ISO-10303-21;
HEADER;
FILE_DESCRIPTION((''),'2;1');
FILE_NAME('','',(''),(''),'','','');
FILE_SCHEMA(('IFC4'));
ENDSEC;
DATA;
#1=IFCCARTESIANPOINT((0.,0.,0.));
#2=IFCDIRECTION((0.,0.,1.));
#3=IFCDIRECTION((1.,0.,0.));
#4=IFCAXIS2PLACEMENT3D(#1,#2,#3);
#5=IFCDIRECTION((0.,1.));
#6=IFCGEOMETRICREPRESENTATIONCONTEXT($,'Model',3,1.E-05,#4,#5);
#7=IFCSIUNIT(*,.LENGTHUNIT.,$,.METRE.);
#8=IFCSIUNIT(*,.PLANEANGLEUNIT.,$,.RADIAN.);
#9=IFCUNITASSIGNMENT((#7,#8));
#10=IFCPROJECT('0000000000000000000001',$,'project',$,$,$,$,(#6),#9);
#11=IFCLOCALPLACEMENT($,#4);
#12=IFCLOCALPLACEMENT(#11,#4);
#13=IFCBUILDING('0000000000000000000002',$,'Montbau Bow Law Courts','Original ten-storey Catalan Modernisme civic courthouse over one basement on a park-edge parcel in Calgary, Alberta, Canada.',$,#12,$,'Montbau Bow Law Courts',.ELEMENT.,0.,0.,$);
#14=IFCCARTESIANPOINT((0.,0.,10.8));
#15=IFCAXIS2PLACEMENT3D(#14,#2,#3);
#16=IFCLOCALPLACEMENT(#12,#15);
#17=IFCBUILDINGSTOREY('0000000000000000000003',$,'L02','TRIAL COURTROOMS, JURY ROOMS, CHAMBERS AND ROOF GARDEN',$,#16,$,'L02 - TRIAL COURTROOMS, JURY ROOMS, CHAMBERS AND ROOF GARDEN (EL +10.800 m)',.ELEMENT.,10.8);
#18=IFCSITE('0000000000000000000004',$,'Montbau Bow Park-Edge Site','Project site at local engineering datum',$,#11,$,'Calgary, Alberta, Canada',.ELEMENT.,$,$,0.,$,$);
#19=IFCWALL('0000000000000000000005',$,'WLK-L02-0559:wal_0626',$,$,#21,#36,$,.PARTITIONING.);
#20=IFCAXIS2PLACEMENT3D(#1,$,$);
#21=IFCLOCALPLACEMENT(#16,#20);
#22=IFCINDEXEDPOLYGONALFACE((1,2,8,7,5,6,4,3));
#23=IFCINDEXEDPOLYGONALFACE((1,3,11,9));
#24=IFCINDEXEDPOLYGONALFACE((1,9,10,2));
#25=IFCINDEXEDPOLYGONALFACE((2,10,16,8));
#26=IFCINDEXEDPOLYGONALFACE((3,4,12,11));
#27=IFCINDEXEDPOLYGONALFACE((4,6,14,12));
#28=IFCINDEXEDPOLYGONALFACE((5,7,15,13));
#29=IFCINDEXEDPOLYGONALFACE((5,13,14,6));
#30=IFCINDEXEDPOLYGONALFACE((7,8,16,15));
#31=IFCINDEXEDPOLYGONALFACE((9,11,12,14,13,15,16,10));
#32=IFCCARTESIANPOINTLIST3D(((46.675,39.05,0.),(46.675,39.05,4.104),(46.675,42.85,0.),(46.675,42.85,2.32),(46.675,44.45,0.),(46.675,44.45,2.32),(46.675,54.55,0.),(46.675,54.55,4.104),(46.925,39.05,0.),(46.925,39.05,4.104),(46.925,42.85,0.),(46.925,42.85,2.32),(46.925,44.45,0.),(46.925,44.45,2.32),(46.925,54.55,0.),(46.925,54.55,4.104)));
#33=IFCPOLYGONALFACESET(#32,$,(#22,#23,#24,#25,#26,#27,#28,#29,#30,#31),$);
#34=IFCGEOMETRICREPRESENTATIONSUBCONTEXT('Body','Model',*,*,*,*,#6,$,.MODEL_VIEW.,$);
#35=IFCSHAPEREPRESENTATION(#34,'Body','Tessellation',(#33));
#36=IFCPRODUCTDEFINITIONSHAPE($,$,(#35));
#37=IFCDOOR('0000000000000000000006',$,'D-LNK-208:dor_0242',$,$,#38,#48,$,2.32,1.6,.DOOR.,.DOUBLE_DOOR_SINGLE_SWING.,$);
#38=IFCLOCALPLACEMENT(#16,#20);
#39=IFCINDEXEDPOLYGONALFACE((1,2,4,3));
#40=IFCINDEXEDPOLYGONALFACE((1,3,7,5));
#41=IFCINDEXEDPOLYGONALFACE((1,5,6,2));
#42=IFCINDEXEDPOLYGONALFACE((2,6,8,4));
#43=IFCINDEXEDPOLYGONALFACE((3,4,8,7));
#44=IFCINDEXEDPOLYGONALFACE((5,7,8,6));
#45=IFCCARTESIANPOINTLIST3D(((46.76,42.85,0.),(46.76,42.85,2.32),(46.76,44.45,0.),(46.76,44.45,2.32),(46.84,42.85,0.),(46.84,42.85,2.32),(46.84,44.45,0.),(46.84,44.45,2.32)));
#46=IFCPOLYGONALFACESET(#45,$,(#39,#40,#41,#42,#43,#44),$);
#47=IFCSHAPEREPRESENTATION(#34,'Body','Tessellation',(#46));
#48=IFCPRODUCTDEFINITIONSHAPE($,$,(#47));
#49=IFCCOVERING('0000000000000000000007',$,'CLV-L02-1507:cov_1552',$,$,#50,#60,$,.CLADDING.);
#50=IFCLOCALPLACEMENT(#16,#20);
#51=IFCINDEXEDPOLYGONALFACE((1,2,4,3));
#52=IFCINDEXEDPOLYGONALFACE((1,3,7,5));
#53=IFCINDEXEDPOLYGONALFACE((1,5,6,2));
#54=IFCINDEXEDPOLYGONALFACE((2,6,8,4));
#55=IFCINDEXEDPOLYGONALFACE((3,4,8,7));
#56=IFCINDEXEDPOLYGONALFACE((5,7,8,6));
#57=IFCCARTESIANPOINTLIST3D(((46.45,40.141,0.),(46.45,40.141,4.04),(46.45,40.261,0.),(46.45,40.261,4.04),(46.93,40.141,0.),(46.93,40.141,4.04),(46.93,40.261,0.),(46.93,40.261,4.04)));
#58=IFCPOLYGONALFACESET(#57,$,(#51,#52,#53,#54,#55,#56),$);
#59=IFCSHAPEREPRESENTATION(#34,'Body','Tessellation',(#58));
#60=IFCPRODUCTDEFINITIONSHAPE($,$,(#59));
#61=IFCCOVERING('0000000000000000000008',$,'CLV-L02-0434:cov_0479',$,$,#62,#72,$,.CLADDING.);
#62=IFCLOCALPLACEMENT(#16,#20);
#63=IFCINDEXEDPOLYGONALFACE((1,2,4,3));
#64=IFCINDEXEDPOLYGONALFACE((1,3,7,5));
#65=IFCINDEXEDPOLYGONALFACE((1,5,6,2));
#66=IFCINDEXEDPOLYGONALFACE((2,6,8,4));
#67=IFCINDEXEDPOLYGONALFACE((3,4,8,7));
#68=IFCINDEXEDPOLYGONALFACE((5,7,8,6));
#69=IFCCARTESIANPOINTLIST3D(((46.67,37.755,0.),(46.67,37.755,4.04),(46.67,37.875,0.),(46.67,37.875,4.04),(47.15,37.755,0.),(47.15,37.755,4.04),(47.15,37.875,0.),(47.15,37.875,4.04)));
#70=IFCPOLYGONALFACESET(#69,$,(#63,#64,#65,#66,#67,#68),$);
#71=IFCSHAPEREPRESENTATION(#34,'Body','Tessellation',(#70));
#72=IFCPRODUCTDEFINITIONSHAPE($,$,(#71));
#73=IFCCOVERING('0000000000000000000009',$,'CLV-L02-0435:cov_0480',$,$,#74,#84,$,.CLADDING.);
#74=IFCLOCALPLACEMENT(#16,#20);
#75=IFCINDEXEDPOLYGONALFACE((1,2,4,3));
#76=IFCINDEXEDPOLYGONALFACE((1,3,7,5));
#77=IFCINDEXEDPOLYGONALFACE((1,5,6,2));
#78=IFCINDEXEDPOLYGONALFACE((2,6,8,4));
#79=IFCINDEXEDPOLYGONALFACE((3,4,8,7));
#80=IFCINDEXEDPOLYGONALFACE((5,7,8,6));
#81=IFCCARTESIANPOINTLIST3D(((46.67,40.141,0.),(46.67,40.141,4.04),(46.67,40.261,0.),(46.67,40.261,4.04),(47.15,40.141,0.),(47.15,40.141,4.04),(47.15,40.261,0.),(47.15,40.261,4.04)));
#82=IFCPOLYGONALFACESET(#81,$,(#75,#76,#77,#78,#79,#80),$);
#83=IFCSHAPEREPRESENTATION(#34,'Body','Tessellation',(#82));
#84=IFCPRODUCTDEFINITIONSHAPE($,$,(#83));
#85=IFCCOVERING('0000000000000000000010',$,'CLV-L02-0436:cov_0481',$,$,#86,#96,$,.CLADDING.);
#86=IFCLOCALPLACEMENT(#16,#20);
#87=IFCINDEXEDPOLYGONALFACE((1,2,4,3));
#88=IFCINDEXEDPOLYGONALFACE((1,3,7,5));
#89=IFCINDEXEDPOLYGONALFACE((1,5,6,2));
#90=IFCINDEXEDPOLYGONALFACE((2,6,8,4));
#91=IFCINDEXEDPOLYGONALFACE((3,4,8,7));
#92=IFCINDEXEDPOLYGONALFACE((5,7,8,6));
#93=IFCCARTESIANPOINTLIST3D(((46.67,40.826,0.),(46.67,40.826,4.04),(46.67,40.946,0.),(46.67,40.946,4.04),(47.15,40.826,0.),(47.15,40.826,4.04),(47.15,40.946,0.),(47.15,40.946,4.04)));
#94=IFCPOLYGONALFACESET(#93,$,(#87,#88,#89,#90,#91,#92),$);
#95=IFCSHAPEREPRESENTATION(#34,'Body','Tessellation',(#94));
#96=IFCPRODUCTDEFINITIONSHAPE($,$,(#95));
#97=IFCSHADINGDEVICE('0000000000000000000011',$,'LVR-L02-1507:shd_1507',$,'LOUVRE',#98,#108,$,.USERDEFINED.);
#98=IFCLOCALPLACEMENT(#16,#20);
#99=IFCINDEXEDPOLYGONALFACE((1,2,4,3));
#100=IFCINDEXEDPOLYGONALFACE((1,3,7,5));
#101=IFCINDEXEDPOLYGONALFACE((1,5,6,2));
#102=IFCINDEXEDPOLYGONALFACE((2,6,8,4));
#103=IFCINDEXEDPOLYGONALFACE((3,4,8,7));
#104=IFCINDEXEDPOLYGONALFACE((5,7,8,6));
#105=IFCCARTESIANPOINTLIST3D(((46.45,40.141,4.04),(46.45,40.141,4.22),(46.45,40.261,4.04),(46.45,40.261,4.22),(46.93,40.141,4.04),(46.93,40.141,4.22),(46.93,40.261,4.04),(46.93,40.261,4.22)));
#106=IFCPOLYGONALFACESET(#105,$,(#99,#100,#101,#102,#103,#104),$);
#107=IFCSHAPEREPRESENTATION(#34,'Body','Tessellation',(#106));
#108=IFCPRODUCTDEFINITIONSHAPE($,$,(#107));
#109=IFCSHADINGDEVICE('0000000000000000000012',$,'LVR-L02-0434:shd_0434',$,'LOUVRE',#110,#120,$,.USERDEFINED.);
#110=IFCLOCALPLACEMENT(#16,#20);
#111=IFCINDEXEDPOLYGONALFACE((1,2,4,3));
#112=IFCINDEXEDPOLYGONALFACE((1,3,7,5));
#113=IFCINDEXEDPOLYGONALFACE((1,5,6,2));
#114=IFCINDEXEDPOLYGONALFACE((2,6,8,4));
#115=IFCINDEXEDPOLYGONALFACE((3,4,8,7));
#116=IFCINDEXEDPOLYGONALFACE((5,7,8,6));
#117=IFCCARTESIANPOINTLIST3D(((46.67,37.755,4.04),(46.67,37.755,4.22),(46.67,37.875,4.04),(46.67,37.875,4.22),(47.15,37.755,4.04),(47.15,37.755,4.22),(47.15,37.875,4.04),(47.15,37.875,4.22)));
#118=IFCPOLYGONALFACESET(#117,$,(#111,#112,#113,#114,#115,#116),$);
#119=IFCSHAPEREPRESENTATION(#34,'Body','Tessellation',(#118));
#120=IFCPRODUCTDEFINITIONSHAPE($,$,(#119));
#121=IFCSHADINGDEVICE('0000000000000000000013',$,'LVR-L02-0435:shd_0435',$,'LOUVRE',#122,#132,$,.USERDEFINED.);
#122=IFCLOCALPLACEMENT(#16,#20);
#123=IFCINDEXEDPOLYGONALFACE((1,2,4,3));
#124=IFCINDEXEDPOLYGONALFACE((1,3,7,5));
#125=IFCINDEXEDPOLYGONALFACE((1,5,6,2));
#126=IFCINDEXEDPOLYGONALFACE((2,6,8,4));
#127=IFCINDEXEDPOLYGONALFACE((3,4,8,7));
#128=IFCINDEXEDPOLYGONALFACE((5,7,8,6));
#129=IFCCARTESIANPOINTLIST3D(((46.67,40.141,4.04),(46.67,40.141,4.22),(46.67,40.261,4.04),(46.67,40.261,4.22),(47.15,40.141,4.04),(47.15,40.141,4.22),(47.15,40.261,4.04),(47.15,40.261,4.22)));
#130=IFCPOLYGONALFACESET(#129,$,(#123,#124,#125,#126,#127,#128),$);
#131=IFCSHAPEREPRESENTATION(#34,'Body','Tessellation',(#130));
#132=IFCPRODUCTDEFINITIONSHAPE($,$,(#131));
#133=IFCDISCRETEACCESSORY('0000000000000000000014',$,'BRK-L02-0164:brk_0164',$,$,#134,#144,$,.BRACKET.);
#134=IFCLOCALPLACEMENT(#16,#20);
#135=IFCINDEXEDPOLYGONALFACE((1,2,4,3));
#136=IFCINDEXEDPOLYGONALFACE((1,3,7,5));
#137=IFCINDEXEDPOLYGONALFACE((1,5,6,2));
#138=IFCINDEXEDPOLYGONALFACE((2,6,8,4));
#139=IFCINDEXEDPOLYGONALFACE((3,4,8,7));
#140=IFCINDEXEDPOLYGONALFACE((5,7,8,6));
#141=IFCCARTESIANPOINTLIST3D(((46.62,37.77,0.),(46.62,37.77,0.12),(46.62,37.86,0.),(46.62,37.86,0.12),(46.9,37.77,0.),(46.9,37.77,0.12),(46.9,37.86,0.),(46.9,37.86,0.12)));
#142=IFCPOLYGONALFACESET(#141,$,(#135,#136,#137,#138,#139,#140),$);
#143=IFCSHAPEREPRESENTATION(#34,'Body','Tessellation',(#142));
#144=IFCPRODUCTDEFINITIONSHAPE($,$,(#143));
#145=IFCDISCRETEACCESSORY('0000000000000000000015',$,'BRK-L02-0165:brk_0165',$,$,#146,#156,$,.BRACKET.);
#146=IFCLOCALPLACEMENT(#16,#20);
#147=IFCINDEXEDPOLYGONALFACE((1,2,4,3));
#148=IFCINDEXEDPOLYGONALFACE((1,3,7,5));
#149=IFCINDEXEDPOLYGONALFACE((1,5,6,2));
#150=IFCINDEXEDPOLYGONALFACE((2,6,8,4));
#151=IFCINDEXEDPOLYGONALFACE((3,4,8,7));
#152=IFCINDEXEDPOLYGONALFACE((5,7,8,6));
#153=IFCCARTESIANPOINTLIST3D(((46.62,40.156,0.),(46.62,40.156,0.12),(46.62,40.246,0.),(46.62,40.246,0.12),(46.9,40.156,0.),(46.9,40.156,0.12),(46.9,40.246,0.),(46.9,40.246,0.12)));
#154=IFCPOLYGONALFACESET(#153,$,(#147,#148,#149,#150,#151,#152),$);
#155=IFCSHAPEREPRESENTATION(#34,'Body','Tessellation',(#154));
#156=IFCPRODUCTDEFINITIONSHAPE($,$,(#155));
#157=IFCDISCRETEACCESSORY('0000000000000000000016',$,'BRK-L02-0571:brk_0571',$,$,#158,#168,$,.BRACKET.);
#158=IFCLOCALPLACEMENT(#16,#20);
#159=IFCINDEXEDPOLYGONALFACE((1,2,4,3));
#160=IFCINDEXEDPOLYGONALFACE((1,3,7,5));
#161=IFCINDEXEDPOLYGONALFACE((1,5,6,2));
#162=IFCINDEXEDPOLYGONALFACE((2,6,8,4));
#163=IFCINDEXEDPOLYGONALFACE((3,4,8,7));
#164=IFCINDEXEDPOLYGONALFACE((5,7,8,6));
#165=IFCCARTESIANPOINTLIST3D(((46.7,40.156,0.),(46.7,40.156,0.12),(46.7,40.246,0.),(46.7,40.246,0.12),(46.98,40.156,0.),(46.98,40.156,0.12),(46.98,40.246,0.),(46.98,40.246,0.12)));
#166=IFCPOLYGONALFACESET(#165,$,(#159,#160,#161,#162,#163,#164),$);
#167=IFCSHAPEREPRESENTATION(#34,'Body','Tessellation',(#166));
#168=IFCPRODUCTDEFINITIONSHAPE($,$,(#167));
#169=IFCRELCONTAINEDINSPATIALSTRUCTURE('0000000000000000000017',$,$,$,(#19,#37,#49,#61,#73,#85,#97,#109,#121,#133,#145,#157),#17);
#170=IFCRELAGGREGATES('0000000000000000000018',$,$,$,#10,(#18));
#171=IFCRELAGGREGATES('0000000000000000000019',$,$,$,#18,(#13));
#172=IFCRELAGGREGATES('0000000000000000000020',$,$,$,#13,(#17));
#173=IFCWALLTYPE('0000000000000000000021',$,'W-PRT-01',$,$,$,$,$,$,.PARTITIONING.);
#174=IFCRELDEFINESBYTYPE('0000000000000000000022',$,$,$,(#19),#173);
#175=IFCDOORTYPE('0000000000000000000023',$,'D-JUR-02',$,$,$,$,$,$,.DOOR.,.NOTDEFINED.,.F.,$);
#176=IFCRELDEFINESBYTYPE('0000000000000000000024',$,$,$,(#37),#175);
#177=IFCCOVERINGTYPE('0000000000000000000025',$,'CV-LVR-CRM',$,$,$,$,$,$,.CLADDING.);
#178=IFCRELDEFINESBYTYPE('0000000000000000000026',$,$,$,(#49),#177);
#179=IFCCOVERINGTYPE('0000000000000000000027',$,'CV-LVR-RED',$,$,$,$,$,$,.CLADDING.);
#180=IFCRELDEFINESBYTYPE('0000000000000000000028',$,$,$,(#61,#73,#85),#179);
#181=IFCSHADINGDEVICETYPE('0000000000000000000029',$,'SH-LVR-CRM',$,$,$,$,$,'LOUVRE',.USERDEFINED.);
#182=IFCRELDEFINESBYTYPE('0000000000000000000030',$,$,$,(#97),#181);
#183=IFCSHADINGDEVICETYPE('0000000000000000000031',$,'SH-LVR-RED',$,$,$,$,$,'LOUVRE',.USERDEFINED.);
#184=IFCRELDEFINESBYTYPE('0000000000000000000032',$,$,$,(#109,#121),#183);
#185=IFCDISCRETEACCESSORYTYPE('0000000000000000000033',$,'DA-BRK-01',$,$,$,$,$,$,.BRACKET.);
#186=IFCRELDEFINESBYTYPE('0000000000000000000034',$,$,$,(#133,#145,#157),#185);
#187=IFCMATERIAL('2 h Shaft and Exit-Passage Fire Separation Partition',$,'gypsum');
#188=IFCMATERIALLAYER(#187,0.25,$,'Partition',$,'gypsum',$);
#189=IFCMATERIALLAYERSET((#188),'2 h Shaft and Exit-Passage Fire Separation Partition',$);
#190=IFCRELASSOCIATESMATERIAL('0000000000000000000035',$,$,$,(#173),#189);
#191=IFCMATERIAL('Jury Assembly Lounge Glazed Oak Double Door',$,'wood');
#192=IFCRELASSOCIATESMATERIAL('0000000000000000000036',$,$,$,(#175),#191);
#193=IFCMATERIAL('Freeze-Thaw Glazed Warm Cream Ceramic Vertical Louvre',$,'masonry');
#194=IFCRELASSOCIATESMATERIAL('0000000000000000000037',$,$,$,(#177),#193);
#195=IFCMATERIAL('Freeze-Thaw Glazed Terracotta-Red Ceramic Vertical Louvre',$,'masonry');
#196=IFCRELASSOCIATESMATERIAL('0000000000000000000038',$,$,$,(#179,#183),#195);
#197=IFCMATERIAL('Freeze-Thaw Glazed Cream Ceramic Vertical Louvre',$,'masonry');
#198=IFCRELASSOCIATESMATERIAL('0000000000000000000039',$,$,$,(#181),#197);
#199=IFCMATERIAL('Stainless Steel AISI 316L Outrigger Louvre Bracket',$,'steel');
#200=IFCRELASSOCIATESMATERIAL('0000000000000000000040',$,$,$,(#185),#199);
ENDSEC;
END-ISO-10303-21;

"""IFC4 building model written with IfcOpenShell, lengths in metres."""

from ifc_helpers import new_model, si_unit, direction, frame, frame_2d, origin_with_axes, origin_2d_with_axis, place, context, subcontext, project, spatial, rectangle, extrude, material, layer, layer_set, type_object, element, fill, save


model = new_model("IFC4")

# Units and contexts
model_context = context("Model", 3, precision=1e-05, world=origin_with_axes(), true_north=direction((0.0, 1.0)))
body_context = subcontext(model_context, "Body", "Model", "MODEL_VIEW")
ifc_project = project(units=[si_unit("LENGTHUNIT", "METRE"), si_unit("PLANEANGLEUNIT", "RADIAN")], contexts=[model_context])

# Site, building, storey
site_placement = place(None, origin_with_axes())
site = spatial("IfcSite", under=ifc_project, at=site_placement, Name="Montbau Bow Park-Edge Site", Description="Project site at local engineering datum", LongName="Calgary, Alberta, Canada", CompositionType="ELEMENT", RefElevation=0.0)
building_placement = place(site_placement, origin_with_axes())
building = spatial("IfcBuilding", under=site, at=building_placement, Name="Montbau Bow Law Courts", Description="Original ten-storey Catalan Modernisme civic courthouse over one basement on a park-edge parcel in Calgary, Alberta, Canada.", LongName="Montbau Bow Law Courts", CompositionType="ELEMENT", ElevationOfRefHeight=0.0, ElevationOfTerrain=0.0)
storey_placement = place(building_placement, frame((0.0, 0.0, 10.8), z_axis=(0.0, 0.0, 1.0), x_axis=(1.0, 0.0, 0.0)))
storey = spatial("IfcBuildingStorey", under=building, at=storey_placement, Name="L02", Description="TRIAL COURTROOMS, JURY ROOMS, CHAMBERS AND ROOF GARDEN", LongName="L02 - TRIAL COURTROOMS, JURY ROOMS, CHAMBERS AND ROOF GARDEN (EL +10.800 m)", CompositionType="ELEMENT", Elevation=10.8)

# Wall, opening, door
ifc_material_1 = material(Name="2 h Shaft and Exit-Passage Fire Separation Partition", Category="gypsum")
ifc_layer_1 = layer(ifc_material_1, 0.25, Name="Partition", Category="gypsum")
ifc_layer_set_1 = layer_set([ifc_layer_1], Name="2 h Shaft and Exit-Passage Fire Separation Partition")
wall_type_1 = type_object("IfcWallType", Name="W-PRT-01", PredefinedType="PARTITIONING", material=ifc_layer_set_1)
wall_1_placement = place(None, frame((46.8, 39.05, 10.8), z_axis=(0.0, 0.0, 1.0), x_axis=(0.0, 1.0, 0.0)))
wall_1 = element("IfcWall", 1, at=wall_1_placement, inside=storey, type_object=wall_type_1, Name="WLK-L02-0559:wal_0626", PredefinedType="PARTITIONING", context=body_context, shape_type="SweptSolid", body=[
    extrude(rectangle(XDim=15.5, YDim=0.25, at=frame_2d((7.75, 0.0), x_axis=(1.0, 0.0))), origin_with_axes(), (0.0, 0.0, 1.0), 4.104),
])
opening_1_placement = place(None, frame((46.8, 43.65, 10.8), z_axis=(0.0, 0.0, 1.0), x_axis=(0.0, 1.0, 0.0)))
opening_1 = element("IfcOpeningElement", 2, at=opening_1_placement, cuts=wall_1, PredefinedType="OPENING", context=body_context, shape_type="SweptSolid", body=[
    extrude(rectangle(XDim=1.6, YDim=2.32, at=frame_2d((0.0, 1.16), x_axis=(1.0, 0.0))), frame((0.0, 0.135, 0.0), z_axis=(0.0, -1.0, 0.0), x_axis=(1.0, 0.0, 0.0)), (0.0, 0.0, 1.0), 0.27),
])
ifc_material_2 = material(Name="Jury Assembly Lounge Glazed Oak Double Door", Category="wood")
door_type_1 = type_object("IfcDoorType", Name="D-JUR-02", OperationType="NOTDEFINED", ParameterTakesPrecedence=False, PredefinedType="DOOR", material=ifc_material_2)
door_1_placement = place(None, frame((46.8, 43.65, 10.8), z_axis=(0.0, 0.0, 1.0), x_axis=(0.0, 1.0, 0.0)))
door_1 = element("IfcDoor", 3, at=door_1_placement, inside=storey, type_object=door_type_1, Name="D-LNK-208:dor_0242", OperationType="DOUBLE_DOOR_SINGLE_SWING", OverallHeight=2.32, OverallWidth=1.6, PredefinedType="DOOR", context=body_context, shape_type="SweptSolid", body=[
    extrude(rectangle(XDim=1.6, YDim=2.32, at=frame_2d((0.0, 1.16), x_axis=(1.0, 0.0))), frame((0.0, 0.04, 0.0), z_axis=(0.0, -1.0, 0.0), x_axis=(1.0, 0.0, 0.0)), (0.0, 0.0, 1.0), 0.08),
])
fill(opening_1, door_1)

# Coverings
ifc_material_3 = material(Name="Freeze-Thaw Glazed Warm Cream Ceramic Vertical Louvre", Category="masonry")
covering_type_1 = type_object("IfcCoveringType", Name="CV-LVR-CRM", PredefinedType="CLADDING", material=ifc_material_3)
covering_placement = place(None, frame((46.93, 40.201, 10.8), z_axis=(0.0, 1.0, 0.0), x_axis=(-1.0, 0.0, 0.0)))
element("IfcCovering", 4, at=covering_placement, inside=storey, type_object=covering_type_1, Name="CLV-L02-1507:cov_1552", PredefinedType="CLADDING", context=body_context, shape_type="SweptSolid", body=[
    extrude(rectangle(XDim=0.48, YDim=4.04, at=frame_2d((0.24, 2.02), x_axis=(1.0, 0.0))), frame((0.0, 0.0, -0.06), z_axis=(0.0, 0.0, 1.0), x_axis=(1.0, 0.0, 0.0)), (0.0, 0.0, 1.0), 0.12),
])
ifc_material_4 = material(Name="Freeze-Thaw Glazed Terracotta-Red Ceramic Vertical Louvre", Category="masonry")
covering_type_2 = type_object("IfcCoveringType", Name="CV-LVR-RED", PredefinedType="CLADDING", material=ifc_material_4)
for number, where, z_axis, x_axis, name in (
    (5, (46.67, 37.815, 10.8), (0.0, -1.0, 0.0), (1.0, 0.0, 0.0), "CLV-L02-0434:cov_0479"),
    (6, (46.67, 40.201, 10.8), (0.0, -1.0, 0.0), (1.0, 0.0, 0.0), "CLV-L02-0435:cov_0480"),
    (7, (46.67, 40.886, 10.8), (0.0, -1.0, 0.0), (1.0, 0.0, 0.0), "CLV-L02-0436:cov_0481"),
):
    element("IfcCovering", number, at=place(None, frame(where, z_axis=z_axis, x_axis=x_axis)), inside=storey, type_object=covering_type_2, Name=name, PredefinedType="CLADDING", context=body_context, shape_type="SweptSolid", body=[
        extrude(rectangle(XDim=0.48, YDim=4.04, at=frame_2d((0.24, 2.02), x_axis=(1.0, 0.0))), frame((0.0, 0.0, -0.06), z_axis=(0.0, 0.0, 1.0), x_axis=(1.0, 0.0, 0.0)), (0.0, 0.0, 1.0), 0.12),
    ])

# Shading devices
ifc_material_5 = material(Name="Freeze-Thaw Glazed Cream Ceramic Vertical Louvre", Category="masonry")
shading_device_type_1 = type_object("IfcShadingDeviceType", Name="SH-LVR-CRM", ElementType="LOUVRE", PredefinedType="USERDEFINED", material=ifc_material_5)
shading_device_placement = place(None, frame((46.69, 40.201, 14.84), z_axis=(0.0, 0.0, 1.0), x_axis=(-1.0, 0.0, 0.0)))
element("IfcShadingDevice", 8, at=shading_device_placement, inside=storey, type_object=shading_device_type_1, Name="LVR-L02-1507:shd_1507", ObjectType="LOUVRE", PredefinedType="USERDEFINED", context=body_context, shape_type="SweptSolid", body=[
    extrude(rectangle(XDim=0.48, YDim=0.12, at=origin_2d_with_axis()), origin_with_axes(), (0.0, 0.0, 1.0), 0.18),
])
shading_device_type_2 = type_object("IfcShadingDeviceType", Name="SH-LVR-RED", ElementType="LOUVRE", PredefinedType="USERDEFINED", material=ifc_material_4)
for number, where, z_axis, x_axis, name in (
    (9, (46.91, 37.815, 14.84), (0.0, 0.0, 1.0), (1.0, 0.0, 0.0), "LVR-L02-0434:shd_0434"),
    (10, (46.91, 40.201, 14.84), (0.0, 0.0, 1.0), (1.0, 0.0, 0.0), "LVR-L02-0435:shd_0435"),
):
    element("IfcShadingDevice", number, at=place(None, frame(where, z_axis=z_axis, x_axis=x_axis)), inside=storey, type_object=shading_device_type_2, Name=name, ObjectType="LOUVRE", PredefinedType="USERDEFINED", context=body_context, shape_type="SweptSolid", body=[
        extrude(rectangle(XDim=0.48, YDim=0.12, at=origin_2d_with_axis()), origin_with_axes(), (0.0, 0.0, 1.0), 0.18),
    ])

# Discrete accessories
ifc_material_6 = material(Name="Stainless Steel AISI 316L Outrigger Louvre Bracket", Category="steel")
discrete_accessory_type = type_object("IfcDiscreteAccessoryType", Name="DA-BRK-01", PredefinedType="BRACKET", material=ifc_material_6)
for number, where, z_axis, x_axis, name in (
    (11, (46.76, 37.815, 10.8), (0.0, 0.0, 1.0), (1.0, 0.0, 0.0), "BRK-L02-0164:brk_0164"),
    (12, (46.76, 40.201, 10.8), (0.0, 0.0, 1.0), (1.0, 0.0, 0.0), "BRK-L02-0165:brk_0165"),
    (13, (46.84, 40.201, 10.8), (0.0, 0.0, 1.0), (-1.0, 0.0, 0.0), "BRK-L02-0571:brk_0571"),
):
    element("IfcDiscreteAccessory", number, at=place(None, frame(where, z_axis=z_axis, x_axis=x_axis)), inside=storey, type_object=discrete_accessory_type, Name=name, PredefinedType="BRACKET", context=body_context, shape_type="SweptSolid", body=[
        extrude(rectangle(XDim=0.28, YDim=0.09, at=origin_2d_with_axis()), origin_with_axes(), (0.0, 0.0, 1.0), 0.12),
    ])

save(model, "model.ifc")
